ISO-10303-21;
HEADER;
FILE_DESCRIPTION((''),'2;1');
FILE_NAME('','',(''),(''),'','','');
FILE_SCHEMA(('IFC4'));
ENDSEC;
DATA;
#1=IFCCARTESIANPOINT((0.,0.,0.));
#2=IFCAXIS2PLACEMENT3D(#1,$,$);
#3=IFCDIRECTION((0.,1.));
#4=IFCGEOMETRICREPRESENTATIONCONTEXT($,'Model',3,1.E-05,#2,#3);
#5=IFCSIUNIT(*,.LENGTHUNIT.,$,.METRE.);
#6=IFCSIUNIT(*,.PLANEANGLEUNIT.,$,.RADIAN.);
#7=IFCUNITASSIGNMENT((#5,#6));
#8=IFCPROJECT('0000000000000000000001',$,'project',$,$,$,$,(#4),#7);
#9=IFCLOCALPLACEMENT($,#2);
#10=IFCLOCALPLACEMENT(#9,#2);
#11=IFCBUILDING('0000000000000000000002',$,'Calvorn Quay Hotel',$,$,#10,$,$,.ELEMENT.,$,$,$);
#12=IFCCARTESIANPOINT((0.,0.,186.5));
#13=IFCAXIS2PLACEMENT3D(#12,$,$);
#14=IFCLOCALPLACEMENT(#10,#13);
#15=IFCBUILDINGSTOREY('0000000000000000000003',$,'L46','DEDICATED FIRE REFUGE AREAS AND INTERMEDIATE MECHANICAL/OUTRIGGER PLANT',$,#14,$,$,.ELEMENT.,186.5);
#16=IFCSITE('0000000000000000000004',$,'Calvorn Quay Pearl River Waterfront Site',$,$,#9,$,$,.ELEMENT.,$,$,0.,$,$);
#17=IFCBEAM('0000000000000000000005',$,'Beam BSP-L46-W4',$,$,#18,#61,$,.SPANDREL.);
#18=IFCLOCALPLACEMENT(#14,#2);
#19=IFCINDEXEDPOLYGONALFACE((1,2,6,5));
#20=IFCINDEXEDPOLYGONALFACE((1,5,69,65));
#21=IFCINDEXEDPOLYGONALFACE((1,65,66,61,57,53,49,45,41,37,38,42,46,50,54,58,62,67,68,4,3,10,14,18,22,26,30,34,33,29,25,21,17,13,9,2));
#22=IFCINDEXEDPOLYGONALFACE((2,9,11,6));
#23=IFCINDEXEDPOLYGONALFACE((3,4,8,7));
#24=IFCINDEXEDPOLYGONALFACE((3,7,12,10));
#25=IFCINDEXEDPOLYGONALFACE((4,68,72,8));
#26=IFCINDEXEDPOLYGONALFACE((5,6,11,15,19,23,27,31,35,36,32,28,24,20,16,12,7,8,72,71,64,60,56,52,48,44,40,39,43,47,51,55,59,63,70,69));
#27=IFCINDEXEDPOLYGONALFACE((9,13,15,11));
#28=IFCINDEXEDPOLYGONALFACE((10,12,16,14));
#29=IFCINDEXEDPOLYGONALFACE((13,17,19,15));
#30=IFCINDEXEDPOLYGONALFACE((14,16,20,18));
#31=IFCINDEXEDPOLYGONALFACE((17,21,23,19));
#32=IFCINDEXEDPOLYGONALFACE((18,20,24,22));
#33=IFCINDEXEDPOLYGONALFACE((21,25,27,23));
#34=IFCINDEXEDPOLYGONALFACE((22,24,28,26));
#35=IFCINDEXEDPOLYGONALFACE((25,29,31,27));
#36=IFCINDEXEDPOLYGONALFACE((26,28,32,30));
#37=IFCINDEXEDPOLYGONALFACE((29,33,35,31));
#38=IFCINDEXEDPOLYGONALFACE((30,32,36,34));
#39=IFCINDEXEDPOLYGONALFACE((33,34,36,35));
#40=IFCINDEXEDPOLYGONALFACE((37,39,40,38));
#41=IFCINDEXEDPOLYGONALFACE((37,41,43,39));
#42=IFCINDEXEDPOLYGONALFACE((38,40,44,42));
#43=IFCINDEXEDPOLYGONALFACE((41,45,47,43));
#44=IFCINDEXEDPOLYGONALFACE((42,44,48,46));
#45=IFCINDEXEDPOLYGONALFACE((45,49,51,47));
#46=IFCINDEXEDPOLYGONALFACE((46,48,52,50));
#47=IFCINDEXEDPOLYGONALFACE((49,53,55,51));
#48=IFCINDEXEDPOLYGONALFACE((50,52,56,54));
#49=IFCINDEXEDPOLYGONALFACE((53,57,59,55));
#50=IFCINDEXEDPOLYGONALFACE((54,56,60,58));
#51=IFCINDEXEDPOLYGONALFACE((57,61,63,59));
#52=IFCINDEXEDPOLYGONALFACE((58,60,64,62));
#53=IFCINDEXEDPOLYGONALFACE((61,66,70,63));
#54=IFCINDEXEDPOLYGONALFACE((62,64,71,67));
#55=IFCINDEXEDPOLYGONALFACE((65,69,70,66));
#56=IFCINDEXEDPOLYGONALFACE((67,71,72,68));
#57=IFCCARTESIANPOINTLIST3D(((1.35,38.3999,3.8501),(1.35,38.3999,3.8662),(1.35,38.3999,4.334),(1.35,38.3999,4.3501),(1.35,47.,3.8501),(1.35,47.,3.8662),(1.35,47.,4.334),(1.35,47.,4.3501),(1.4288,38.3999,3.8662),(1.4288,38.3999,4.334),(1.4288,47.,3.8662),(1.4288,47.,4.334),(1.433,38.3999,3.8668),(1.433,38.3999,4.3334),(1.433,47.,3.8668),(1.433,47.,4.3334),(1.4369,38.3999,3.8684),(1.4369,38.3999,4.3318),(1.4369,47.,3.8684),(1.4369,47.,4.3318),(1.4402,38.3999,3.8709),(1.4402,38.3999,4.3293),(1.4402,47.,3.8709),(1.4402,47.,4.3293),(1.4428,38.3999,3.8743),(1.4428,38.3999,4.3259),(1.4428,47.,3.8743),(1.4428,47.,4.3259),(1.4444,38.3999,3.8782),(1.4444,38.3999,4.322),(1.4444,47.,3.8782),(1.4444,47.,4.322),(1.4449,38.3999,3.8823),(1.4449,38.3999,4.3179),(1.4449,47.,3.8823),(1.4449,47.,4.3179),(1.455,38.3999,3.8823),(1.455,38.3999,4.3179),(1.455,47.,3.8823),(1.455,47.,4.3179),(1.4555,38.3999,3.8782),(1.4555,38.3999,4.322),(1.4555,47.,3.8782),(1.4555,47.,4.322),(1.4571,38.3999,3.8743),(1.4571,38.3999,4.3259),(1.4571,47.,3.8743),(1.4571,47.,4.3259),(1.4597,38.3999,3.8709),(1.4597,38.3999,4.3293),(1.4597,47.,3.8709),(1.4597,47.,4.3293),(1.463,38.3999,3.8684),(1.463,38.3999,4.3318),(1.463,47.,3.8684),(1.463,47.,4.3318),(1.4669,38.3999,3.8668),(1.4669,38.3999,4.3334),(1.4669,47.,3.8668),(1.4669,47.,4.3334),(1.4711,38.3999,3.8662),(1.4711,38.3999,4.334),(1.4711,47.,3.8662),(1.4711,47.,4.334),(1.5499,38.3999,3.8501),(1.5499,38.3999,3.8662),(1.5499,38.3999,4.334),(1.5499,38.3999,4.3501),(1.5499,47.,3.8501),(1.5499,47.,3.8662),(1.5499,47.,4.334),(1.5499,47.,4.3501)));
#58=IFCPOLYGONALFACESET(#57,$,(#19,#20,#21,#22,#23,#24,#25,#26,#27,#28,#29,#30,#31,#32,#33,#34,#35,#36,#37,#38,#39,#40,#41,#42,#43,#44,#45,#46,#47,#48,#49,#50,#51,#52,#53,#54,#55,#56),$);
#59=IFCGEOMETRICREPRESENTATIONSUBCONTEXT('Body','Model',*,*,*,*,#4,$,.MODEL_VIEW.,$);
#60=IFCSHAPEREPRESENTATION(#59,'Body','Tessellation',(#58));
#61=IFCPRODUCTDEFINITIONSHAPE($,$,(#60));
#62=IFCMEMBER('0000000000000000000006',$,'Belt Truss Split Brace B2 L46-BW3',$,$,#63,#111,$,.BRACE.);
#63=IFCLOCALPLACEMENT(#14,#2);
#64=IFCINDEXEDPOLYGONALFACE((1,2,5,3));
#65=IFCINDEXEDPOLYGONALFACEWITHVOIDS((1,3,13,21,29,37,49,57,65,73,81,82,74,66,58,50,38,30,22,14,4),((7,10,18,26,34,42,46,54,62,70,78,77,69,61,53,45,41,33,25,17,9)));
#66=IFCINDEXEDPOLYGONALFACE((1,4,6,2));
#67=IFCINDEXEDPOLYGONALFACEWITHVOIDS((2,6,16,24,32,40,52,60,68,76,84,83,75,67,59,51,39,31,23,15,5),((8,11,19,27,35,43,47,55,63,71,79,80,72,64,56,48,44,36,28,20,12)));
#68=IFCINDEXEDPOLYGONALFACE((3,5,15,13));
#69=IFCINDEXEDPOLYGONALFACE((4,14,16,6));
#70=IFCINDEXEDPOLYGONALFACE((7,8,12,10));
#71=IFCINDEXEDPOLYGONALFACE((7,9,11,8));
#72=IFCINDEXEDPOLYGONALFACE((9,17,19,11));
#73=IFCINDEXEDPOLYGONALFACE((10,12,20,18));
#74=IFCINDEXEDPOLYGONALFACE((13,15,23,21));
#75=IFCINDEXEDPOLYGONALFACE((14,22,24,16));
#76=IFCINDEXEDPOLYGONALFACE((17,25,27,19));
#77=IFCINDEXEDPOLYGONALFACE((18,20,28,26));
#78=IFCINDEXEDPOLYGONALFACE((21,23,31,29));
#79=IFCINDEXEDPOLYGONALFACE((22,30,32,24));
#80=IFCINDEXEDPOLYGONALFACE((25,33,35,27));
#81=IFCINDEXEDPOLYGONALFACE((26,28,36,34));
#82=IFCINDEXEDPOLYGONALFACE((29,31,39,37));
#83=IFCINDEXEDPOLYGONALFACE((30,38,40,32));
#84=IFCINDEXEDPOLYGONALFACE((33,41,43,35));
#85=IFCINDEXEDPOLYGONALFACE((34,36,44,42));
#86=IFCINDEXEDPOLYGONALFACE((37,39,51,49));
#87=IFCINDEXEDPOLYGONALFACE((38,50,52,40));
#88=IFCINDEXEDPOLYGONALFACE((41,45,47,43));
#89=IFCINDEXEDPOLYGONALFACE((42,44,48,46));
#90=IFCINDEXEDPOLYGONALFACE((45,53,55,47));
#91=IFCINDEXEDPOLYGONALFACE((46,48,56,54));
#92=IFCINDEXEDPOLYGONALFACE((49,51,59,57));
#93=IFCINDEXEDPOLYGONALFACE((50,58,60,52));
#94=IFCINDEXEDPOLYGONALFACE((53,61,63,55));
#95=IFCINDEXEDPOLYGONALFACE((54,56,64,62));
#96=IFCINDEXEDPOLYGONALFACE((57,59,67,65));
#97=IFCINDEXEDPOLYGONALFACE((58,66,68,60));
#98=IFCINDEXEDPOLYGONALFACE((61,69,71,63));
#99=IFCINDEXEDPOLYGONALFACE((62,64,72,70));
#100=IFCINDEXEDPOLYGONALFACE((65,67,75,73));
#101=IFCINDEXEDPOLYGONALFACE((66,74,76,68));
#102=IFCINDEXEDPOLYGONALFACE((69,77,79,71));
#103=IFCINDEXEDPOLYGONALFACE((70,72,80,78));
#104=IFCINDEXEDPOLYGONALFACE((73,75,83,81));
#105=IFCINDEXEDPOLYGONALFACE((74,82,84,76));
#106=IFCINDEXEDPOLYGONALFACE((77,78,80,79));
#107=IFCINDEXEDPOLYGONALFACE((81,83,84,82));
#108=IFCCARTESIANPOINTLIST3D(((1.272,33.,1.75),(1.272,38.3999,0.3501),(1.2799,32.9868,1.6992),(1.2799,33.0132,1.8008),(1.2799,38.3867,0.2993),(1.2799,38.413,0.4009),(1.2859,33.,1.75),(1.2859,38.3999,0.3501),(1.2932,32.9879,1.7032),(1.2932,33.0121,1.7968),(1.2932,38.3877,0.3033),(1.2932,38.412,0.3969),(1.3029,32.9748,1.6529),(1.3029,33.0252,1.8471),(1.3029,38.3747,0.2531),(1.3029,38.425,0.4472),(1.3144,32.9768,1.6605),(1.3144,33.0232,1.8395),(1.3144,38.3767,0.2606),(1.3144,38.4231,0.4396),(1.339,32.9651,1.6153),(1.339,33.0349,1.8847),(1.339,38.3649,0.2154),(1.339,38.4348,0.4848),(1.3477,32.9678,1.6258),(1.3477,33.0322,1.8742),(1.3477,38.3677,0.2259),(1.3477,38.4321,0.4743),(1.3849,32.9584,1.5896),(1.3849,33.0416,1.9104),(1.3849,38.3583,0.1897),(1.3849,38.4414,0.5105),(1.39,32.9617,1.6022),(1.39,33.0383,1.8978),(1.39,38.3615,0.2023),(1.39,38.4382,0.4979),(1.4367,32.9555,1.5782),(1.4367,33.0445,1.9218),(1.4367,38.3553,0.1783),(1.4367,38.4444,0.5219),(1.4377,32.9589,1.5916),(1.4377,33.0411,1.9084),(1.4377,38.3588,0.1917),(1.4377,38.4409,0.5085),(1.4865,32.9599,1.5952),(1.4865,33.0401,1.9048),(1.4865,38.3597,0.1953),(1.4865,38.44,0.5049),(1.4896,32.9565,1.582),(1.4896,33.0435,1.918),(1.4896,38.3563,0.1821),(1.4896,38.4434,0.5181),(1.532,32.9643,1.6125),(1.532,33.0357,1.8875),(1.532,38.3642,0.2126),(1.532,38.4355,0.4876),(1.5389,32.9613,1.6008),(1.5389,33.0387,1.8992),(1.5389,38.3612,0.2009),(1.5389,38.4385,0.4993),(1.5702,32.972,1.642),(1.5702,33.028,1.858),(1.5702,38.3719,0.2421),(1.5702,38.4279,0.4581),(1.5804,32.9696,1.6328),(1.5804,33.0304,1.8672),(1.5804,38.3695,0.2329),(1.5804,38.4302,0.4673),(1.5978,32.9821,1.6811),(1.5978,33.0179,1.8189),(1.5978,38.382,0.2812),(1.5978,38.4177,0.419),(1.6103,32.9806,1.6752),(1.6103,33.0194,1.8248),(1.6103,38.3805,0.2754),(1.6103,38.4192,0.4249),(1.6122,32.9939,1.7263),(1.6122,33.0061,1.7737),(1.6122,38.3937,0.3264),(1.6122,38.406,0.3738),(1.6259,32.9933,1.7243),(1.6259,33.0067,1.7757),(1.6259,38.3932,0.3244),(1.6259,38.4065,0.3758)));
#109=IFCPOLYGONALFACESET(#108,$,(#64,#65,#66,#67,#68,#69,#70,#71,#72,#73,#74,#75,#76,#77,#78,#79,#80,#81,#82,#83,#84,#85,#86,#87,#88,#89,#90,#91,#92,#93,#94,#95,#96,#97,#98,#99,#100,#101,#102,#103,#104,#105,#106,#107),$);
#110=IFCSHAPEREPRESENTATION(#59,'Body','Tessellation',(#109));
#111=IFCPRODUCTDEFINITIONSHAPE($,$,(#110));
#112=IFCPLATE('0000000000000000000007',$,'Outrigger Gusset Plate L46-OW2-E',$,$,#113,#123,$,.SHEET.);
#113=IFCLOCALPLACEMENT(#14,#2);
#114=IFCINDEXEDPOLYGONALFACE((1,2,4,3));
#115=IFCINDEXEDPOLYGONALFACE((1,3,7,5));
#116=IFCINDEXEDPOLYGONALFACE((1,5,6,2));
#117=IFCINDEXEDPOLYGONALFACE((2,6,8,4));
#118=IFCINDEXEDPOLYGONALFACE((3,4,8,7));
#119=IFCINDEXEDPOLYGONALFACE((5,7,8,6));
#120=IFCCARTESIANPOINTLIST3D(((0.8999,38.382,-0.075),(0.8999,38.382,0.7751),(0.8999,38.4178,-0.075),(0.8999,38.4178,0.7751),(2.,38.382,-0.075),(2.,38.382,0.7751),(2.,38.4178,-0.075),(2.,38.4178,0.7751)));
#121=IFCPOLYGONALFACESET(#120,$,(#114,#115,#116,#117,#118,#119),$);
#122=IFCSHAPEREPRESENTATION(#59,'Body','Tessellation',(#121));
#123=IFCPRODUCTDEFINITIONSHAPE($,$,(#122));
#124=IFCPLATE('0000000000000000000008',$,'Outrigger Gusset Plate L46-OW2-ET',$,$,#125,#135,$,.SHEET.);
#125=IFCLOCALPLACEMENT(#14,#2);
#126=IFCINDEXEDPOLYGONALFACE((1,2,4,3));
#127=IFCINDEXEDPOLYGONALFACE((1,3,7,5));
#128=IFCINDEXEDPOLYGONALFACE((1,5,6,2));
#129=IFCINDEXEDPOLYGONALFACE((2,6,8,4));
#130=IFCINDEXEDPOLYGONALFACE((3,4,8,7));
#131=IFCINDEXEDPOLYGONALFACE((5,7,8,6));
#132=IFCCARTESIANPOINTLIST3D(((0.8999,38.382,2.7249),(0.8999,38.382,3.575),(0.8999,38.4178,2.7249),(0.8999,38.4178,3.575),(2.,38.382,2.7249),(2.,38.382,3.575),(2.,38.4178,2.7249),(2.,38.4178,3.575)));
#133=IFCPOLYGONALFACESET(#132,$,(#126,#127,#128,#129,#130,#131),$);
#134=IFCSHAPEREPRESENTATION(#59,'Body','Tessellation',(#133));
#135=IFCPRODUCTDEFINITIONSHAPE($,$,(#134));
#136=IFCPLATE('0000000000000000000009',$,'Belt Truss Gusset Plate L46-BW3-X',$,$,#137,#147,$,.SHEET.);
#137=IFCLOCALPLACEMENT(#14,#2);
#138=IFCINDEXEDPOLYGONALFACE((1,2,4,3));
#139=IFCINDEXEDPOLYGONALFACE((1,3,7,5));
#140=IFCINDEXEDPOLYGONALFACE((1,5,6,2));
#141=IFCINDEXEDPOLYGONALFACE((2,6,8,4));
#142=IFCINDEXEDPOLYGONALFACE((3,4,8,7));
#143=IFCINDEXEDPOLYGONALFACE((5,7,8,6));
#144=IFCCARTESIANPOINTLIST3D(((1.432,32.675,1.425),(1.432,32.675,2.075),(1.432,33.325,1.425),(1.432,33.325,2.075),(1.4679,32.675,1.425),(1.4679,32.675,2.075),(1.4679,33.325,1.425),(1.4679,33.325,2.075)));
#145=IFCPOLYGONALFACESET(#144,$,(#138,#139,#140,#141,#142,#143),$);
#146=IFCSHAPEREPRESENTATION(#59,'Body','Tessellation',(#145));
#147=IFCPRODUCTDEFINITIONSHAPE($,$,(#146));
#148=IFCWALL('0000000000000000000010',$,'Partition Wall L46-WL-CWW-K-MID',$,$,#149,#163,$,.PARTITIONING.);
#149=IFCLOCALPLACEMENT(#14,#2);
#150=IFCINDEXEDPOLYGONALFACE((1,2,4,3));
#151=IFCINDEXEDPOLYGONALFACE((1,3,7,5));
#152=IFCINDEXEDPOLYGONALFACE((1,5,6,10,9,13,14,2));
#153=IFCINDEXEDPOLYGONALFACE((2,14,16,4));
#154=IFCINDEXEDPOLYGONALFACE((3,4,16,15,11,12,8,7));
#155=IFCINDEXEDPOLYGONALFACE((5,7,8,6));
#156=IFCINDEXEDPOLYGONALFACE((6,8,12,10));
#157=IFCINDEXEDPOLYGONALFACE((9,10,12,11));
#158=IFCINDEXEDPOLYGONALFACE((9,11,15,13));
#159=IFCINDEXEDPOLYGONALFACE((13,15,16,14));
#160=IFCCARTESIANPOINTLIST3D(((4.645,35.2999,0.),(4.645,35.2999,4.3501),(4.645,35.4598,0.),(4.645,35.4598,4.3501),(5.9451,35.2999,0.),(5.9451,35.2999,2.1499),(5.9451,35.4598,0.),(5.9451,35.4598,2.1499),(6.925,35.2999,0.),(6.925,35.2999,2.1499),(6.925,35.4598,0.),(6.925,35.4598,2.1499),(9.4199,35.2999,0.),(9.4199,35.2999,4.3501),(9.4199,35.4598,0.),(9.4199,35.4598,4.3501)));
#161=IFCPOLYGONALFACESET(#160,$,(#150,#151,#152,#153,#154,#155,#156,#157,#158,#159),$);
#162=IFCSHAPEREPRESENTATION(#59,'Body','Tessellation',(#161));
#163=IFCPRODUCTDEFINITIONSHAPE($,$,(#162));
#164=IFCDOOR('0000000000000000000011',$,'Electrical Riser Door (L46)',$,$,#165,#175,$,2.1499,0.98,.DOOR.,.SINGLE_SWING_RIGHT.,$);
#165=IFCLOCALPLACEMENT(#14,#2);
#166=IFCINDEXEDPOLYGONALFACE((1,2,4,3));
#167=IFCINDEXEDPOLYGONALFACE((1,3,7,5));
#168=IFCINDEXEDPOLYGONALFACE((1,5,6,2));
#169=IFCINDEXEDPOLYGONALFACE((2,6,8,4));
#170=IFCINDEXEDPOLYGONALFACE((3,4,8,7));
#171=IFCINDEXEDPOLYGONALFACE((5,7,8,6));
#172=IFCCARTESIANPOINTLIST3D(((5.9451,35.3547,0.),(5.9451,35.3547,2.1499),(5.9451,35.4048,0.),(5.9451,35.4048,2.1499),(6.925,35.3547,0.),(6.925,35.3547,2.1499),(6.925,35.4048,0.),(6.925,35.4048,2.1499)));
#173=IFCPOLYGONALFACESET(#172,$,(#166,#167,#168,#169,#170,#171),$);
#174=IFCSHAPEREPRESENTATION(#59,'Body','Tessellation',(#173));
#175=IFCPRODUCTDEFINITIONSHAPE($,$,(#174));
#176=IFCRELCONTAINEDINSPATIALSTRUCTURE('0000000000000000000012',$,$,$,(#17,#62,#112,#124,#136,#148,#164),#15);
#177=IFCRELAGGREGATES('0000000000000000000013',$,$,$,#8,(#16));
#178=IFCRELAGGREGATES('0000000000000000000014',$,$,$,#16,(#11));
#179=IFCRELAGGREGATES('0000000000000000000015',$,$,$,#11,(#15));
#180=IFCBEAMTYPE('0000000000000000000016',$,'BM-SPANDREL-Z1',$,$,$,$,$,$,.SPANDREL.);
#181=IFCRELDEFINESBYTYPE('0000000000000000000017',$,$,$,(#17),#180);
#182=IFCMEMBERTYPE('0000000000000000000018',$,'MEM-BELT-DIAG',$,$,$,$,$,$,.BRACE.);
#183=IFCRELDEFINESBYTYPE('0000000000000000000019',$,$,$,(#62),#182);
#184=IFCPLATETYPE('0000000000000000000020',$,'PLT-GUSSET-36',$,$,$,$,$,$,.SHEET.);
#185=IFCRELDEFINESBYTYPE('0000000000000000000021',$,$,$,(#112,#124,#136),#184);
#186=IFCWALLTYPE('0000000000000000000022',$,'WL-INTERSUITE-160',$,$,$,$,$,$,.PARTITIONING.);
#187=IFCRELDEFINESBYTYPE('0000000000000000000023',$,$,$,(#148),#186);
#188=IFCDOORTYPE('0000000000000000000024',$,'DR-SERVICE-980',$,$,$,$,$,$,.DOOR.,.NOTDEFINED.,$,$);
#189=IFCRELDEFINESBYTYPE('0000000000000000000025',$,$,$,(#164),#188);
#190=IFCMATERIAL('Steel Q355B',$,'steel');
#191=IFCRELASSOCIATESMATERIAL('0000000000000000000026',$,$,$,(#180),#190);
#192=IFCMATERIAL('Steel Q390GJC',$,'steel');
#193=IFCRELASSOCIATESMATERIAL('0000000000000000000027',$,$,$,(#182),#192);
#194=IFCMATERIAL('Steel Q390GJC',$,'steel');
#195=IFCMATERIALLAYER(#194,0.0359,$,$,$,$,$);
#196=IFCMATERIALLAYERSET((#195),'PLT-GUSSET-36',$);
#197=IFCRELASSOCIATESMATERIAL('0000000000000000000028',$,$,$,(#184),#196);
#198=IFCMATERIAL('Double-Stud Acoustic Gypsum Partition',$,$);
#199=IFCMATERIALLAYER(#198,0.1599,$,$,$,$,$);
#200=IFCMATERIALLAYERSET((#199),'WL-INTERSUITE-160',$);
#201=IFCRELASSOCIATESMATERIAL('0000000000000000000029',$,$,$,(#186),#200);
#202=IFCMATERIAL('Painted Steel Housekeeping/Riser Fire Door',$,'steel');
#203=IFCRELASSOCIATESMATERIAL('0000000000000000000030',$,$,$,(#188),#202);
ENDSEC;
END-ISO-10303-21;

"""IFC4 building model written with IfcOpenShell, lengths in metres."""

from ifc_helpers import new_model, si_unit, direction, frame, frame_2d, origin, origin_2d, place, context, subcontext, project, spatial, rectangle, hollow_circle, i_section, extrude, material, layer, layer_set, material_profile, profile_set, type_object, element, fill, save


model = new_model("IFC4")

# Units and contexts
model_context = context("Model", 3, precision=1e-05, world=origin(), true_north=direction((0.0, 1.0)))
body_context = subcontext(model_context, "Body", "Model", "MODEL_VIEW")
ifc_project = project(units=[si_unit("LENGTHUNIT", "METRE"), si_unit("PLANEANGLEUNIT", "RADIAN")], contexts=[model_context])

# Site, building, storey
site_placement = place(None, origin())
site = spatial("IfcSite", under=ifc_project, at=site_placement, Name="Calvorn Quay Pearl River Waterfront Site", CompositionType="ELEMENT", RefElevation=0.0)
building_placement = place(site_placement, origin())
building = spatial("IfcBuilding", under=site, at=building_placement, Name="Calvorn Quay Hotel", CompositionType="ELEMENT")
storey_placement = place(building_placement, frame((0.0, 0.0, 186.5)))
storey = spatial("IfcBuildingStorey", under=building, at=storey_placement, Name="L46", Description="DEDICATED FIRE REFUGE AREAS AND INTERMEDIATE MECHANICAL/OUTRIGGER PLANT", CompositionType="ELEMENT", Elevation=186.5)

# Beam
ifc_material_1 = material(Name="Steel Q355B", Category="steel")
ifc_material_profile_1 = material_profile(ifc_material_1, i_section(OverallWidth=0.2, OverallDepth=0.5, WebThickness=0.01, FlangeThickness=0.0161, FilletRadius=0.0161, at=origin_2d()), Name="HN500x200x10x16")
ifc_profile_set_1 = profile_set([ifc_material_profile_1], Name="Steel Q355B")
beam_type_1 = type_object("IfcBeamType", Name="BM-SPANDREL-Z1", PredefinedType="SPANDREL", material=ifc_profile_set_1)
beam_1_placement = place(storey_placement, frame((1.45, 38.3999, 4.1001), z_axis=(0.0, 1.0, 0.0), x_axis=(-1.0, 0.0, 0.0)))
element("IfcBeam", 1, at=beam_1_placement, inside=storey, type_object=beam_type_1, Name="Beam BSP-L46-W4", PredefinedType="SPANDREL", context=body_context, shape_type="SweptSolid", body=[
    extrude(i_section(OverallWidth=0.2, OverallDepth=0.5, WebThickness=0.01, FlangeThickness=0.0161, FilletRadius=0.0161, at=origin_2d()), origin(), (0.0, 0.0, 1.0), 8.6001),
])

# Member
ifc_material_2 = material(Name="Steel Q390GJC", Category="steel")
ifc_material_profile_2 = material_profile(ifc_material_2, hollow_circle(Radius=0.178, WallThickness=0.0139, at=origin_2d()), Name="CHS356x14")
ifc_profile_set_2 = profile_set([ifc_material_profile_2], Name="Steel Q390GJC")
member_type = type_object("IfcMemberType", Name="MEM-BELT-DIAG", PredefinedType="BRACE", material=ifc_profile_set_2)
member_placement = place(storey_placement, frame((1.45, 33.0, 1.75), z_axis=(0.0, 0.968, -0.25095), x_axis=(-1.0, 0.0, 0.0)))
element("IfcMember", 2, at=member_placement, inside=storey, type_object=member_type, Name="Belt Truss Split Brace B2 L46-BW3", PredefinedType="BRACE", context=body_context, shape_type="SweptSolid", body=[
    extrude(hollow_circle(Radius=0.178, WallThickness=0.0139, at=origin_2d()), origin(), (0.0, 0.0, 1.0), 5.5784),
])

# Plates
ifc_material_3 = material(Name="Steel Q390GJC", Category="steel")
ifc_layer_1 = layer(ifc_material_3, 0.0359)
ifc_layer_set_1 = layer_set([ifc_layer_1], Name="PLT-GUSSET-36")
plate_type = type_object("IfcPlateType", Name="PLT-GUSSET-36", PredefinedType="SHEET", material=ifc_layer_set_1)
for number, where, z_axis, x_axis, name in (
    (3, (1.45, 38.3999, -0.075), (0.0, 0.0, 1.0), (-1.0, 0.0, 0.0), "Outrigger Gusset Plate L46-OW2-E"),
    (4, (1.45, 38.3999, 2.7249), (0.0, 0.0, 1.0), (-1.0, 0.0, 0.0), "Outrigger Gusset Plate L46-OW2-ET"),
):
    element("IfcPlate", number, at=place(storey_placement, frame(where, z_axis=z_axis, x_axis=x_axis)), inside=storey, type_object=plate_type, Name=name, PredefinedType="SHEET", context=body_context, shape_type="SweptSolid", body=[
        extrude(rectangle(XDim=1.1001, YDim=0.0359, at=origin_2d()), origin(), (0.0, 0.0, 1.0), 0.8501),
    ])
plate_placement = place(storey_placement, frame((1.45, 33.0, 1.425), z_axis=(0.0, 0.0, 1.0), x_axis=(0.0, 1.0, 0.0)))
element("IfcPlate", 5, at=plate_placement, inside=storey, type_object=plate_type, Name="Belt Truss Gusset Plate L46-BW3-X", PredefinedType="SHEET", context=body_context, shape_type="SweptSolid", body=[
    extrude(rectangle(XDim=0.6499, YDim=0.0359, at=origin_2d()), origin(), (0.0, 0.0, 1.0), 0.6499),
])

# Wall, opening, door
ifc_material_4 = material(Name="Double-Stud Acoustic Gypsum Partition")
ifc_layer_2 = layer(ifc_material_4, 0.1599)
ifc_layer_set_2 = layer_set([ifc_layer_2], Name="WL-INTERSUITE-160")
wall_type_1 = type_object("IfcWallType", Name="WL-INTERSUITE-160", PredefinedType="PARTITIONING", material=ifc_layer_set_2)
wall_1_placement = place(storey_placement, frame((4.645, 35.3799, 0.0), z_axis=(0.0, 0.0, 1.0), x_axis=(1.0, 0.0, 0.0)))
wall_1 = element("IfcWall", 6, at=wall_1_placement, inside=storey, type_object=wall_type_1, Name="Partition Wall L46-WL-CWW-K-MID", PredefinedType="PARTITIONING", context=body_context, shape_type="SweptSolid", body=[
    extrude(rectangle(XDim=4.7749, YDim=0.1599, at=frame_2d((2.3875, 0.0))), origin(), (0.0, 0.0, 1.0), 4.3501),
])
opening_1_placement = place(wall_1_placement, frame((1.3, 0.0, 0.0)))
opening_1 = element("IfcOpeningElement", 7, at=opening_1_placement, cuts=wall_1, PredefinedType="OPENING", context=body_context, shape_type="SweptSolid", body=[
    extrude(rectangle(XDim=0.98, YDim=2.1499, at=frame_2d((0.49, 1.075))), frame((0.0, 0.0898, 0.0), z_axis=(0.0, -1.0, 0.0), x_axis=(1.0, 0.0, 0.0)), (0.0, 0.0, 1.0), 0.1799),
])
ifc_material_5 = material(Name="Painted Steel Housekeeping/Riser Fire Door", Category="steel")
door_type_1 = type_object("IfcDoorType", Name="DR-SERVICE-980", OperationType="NOTDEFINED", PredefinedType="DOOR", material=ifc_material_5)
door_1_placement = place(opening_1_placement, origin())
door_1 = element("IfcDoor", 8, at=door_1_placement, inside=storey, type_object=door_type_1, Name="Electrical Riser Door (L46)", OperationType="SINGLE_SWING_RIGHT", OverallHeight=2.1499, OverallWidth=0.98, PredefinedType="DOOR", context=body_context, shape_type="SweptSolid", body=[
    extrude(rectangle(XDim=0.98, YDim=2.1499, at=frame_2d((0.49, 1.075))), frame((0.0, 0.0249, 0.0), z_axis=(0.0, -1.0, 0.0), x_axis=(1.0, 0.0, 0.0)), (0.0, 0.0, 1.0), 0.05),
])
fill(opening_1, door_1)

save(model, "model.ifc")
